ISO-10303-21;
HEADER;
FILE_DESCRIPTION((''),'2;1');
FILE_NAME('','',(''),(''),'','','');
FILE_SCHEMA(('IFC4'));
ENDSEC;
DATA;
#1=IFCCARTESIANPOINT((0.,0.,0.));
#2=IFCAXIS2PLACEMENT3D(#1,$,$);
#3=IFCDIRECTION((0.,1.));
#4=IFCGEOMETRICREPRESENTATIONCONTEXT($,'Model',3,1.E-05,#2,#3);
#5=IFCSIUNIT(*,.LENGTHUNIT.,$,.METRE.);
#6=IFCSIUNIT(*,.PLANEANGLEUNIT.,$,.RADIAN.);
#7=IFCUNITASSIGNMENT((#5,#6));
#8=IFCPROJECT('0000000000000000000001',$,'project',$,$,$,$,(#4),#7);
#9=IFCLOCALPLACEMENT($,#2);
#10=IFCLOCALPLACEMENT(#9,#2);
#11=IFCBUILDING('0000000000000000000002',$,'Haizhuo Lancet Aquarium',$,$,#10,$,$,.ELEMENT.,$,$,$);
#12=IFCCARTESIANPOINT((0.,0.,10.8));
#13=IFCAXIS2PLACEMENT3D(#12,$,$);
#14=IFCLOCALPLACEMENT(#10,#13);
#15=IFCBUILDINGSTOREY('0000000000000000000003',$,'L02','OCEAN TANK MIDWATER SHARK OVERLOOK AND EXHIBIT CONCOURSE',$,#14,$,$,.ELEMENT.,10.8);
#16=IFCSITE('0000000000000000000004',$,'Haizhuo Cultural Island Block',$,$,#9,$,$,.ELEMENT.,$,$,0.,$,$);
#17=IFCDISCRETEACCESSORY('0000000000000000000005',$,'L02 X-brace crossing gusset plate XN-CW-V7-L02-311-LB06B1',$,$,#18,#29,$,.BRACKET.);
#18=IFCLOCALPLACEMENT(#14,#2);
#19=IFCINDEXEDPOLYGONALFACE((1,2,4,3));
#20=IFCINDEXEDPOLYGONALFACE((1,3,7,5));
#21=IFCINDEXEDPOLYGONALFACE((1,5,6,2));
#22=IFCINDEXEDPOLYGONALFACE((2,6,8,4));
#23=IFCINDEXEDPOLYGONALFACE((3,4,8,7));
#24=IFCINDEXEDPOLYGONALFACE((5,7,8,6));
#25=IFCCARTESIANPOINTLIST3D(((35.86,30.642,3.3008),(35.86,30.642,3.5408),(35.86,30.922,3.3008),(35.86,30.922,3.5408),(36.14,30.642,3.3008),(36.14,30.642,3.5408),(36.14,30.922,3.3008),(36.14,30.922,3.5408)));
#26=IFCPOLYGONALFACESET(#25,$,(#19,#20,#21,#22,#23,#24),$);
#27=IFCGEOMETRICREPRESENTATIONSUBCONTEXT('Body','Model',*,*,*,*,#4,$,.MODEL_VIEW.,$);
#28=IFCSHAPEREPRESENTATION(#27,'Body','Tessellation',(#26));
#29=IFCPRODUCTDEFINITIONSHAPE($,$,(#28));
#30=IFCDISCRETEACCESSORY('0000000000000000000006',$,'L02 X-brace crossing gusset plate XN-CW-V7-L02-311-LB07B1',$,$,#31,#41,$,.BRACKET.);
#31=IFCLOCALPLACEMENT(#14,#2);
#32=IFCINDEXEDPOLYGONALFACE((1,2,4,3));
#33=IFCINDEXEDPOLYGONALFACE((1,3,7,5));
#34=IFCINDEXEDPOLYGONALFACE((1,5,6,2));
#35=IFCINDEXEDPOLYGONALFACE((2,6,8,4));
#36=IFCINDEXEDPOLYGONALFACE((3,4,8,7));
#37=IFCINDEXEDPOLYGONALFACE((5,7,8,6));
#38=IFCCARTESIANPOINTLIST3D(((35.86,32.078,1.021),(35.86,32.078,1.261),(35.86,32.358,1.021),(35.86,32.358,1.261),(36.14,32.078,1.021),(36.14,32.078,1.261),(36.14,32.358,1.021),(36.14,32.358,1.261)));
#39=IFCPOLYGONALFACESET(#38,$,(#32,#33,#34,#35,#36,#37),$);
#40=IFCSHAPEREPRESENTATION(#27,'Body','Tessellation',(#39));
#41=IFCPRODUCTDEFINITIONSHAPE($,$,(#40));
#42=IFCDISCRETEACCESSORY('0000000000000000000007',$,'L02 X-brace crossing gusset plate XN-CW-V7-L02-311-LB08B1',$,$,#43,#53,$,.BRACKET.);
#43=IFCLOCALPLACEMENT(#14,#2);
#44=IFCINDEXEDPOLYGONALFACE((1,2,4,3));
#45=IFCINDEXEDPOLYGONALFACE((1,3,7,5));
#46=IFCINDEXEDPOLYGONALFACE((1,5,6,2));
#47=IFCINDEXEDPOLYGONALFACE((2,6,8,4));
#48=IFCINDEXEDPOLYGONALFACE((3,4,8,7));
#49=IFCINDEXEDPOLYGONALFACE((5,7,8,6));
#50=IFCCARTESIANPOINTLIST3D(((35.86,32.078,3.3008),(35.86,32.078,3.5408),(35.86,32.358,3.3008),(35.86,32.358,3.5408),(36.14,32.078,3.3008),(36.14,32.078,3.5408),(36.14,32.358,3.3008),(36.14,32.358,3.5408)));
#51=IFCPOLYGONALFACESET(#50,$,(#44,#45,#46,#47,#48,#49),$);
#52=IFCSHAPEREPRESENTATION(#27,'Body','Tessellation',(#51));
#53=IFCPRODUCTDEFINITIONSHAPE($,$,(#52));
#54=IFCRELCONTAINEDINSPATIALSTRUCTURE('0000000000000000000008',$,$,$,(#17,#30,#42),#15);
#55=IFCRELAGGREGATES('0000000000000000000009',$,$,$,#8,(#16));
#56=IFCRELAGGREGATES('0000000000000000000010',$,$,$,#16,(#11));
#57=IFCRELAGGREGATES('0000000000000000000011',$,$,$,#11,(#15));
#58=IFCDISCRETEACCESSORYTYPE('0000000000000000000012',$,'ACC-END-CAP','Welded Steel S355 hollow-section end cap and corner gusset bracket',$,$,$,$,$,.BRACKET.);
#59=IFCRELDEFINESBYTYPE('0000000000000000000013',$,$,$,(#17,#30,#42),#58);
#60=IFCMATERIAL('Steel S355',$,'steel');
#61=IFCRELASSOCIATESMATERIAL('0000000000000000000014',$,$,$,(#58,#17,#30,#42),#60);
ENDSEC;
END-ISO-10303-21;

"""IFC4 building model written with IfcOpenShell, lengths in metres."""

from ifc_helpers import new_model, si_unit, direction, frame, origin, origin_2d, place, context, subcontext, project, spatial, rectangle, extrude, material, type_object, element, save


model = new_model("IFC4")

# Units and contexts
model_context = context("Model", 3, precision=1e-05, world=origin(), true_north=direction((0.0, 1.0)))
body_context = subcontext(model_context, "Body", "Model", "MODEL_VIEW")
ifc_project = project(units=[si_unit("LENGTHUNIT", "METRE"), si_unit("PLANEANGLEUNIT", "RADIAN")], contexts=[model_context])

# Site, building, storey
site_placement = place(None, origin())
site = spatial("IfcSite", under=ifc_project, at=site_placement, Name="Haizhuo Cultural Island Block", CompositionType="ELEMENT", RefElevation=0.0)
building_placement = place(site_placement, origin())
building = spatial("IfcBuilding", under=site, at=building_placement, Name="Haizhuo Lancet Aquarium", CompositionType="ELEMENT")
storey_placement = place(building_placement, frame((0.0, 0.0, 10.8)))
storey = spatial("IfcBuildingStorey", under=building, at=storey_placement, Name="L02", Description="OCEAN TANK MIDWATER SHARK OVERLOOK AND EXHIBIT CONCOURSE", CompositionType="ELEMENT", Elevation=10.8)

# Shared definitions
ifc_material_1 = material(Name="Steel S355", Category="steel")

# Discrete accessories
discrete_accessory_type = type_object("IfcDiscreteAccessoryType", Name="ACC-END-CAP", Description="Welded Steel S355 hollow-section end cap and corner gusset bracket", PredefinedType="BRACKET", material=ifc_material_1)
for number, where, z_axis, x_axis, name in (
    (1, (36.0, 30.782, 3.3008), (0.0, 0.0, 1.0), (1.0, 0.0, 0.0), "L02 X-brace crossing gusset plate XN-CW-V7-L02-311-LB06B1"),
    (2, (36.0, 32.218, 1.021), (0.0, 0.0, 1.0), (1.0, 0.0, 0.0), "L02 X-brace crossing gusset plate XN-CW-V7-L02-311-LB07B1"),
    (3, (36.0, 32.218, 3.3008), (0.0, 0.0, 1.0), (1.0, 0.0, 0.0), "L02 X-brace crossing gusset plate XN-CW-V7-L02-311-LB08B1"),
):
    element("IfcDiscreteAccessory", number, at=place(storey_placement, frame(where, z_axis=z_axis, x_axis=x_axis)), inside=storey, type_object=discrete_accessory_type, material=ifc_material_1, Name=name, PredefinedType="BRACKET", context=body_context, shape_type="SweptSolid", body=[
        extrude(rectangle(XDim=0.28, YDim=0.28, at=origin_2d()), origin(), (0.0, 0.0, 1.0), 0.24),
    ])

save(model, "model.ifc")
